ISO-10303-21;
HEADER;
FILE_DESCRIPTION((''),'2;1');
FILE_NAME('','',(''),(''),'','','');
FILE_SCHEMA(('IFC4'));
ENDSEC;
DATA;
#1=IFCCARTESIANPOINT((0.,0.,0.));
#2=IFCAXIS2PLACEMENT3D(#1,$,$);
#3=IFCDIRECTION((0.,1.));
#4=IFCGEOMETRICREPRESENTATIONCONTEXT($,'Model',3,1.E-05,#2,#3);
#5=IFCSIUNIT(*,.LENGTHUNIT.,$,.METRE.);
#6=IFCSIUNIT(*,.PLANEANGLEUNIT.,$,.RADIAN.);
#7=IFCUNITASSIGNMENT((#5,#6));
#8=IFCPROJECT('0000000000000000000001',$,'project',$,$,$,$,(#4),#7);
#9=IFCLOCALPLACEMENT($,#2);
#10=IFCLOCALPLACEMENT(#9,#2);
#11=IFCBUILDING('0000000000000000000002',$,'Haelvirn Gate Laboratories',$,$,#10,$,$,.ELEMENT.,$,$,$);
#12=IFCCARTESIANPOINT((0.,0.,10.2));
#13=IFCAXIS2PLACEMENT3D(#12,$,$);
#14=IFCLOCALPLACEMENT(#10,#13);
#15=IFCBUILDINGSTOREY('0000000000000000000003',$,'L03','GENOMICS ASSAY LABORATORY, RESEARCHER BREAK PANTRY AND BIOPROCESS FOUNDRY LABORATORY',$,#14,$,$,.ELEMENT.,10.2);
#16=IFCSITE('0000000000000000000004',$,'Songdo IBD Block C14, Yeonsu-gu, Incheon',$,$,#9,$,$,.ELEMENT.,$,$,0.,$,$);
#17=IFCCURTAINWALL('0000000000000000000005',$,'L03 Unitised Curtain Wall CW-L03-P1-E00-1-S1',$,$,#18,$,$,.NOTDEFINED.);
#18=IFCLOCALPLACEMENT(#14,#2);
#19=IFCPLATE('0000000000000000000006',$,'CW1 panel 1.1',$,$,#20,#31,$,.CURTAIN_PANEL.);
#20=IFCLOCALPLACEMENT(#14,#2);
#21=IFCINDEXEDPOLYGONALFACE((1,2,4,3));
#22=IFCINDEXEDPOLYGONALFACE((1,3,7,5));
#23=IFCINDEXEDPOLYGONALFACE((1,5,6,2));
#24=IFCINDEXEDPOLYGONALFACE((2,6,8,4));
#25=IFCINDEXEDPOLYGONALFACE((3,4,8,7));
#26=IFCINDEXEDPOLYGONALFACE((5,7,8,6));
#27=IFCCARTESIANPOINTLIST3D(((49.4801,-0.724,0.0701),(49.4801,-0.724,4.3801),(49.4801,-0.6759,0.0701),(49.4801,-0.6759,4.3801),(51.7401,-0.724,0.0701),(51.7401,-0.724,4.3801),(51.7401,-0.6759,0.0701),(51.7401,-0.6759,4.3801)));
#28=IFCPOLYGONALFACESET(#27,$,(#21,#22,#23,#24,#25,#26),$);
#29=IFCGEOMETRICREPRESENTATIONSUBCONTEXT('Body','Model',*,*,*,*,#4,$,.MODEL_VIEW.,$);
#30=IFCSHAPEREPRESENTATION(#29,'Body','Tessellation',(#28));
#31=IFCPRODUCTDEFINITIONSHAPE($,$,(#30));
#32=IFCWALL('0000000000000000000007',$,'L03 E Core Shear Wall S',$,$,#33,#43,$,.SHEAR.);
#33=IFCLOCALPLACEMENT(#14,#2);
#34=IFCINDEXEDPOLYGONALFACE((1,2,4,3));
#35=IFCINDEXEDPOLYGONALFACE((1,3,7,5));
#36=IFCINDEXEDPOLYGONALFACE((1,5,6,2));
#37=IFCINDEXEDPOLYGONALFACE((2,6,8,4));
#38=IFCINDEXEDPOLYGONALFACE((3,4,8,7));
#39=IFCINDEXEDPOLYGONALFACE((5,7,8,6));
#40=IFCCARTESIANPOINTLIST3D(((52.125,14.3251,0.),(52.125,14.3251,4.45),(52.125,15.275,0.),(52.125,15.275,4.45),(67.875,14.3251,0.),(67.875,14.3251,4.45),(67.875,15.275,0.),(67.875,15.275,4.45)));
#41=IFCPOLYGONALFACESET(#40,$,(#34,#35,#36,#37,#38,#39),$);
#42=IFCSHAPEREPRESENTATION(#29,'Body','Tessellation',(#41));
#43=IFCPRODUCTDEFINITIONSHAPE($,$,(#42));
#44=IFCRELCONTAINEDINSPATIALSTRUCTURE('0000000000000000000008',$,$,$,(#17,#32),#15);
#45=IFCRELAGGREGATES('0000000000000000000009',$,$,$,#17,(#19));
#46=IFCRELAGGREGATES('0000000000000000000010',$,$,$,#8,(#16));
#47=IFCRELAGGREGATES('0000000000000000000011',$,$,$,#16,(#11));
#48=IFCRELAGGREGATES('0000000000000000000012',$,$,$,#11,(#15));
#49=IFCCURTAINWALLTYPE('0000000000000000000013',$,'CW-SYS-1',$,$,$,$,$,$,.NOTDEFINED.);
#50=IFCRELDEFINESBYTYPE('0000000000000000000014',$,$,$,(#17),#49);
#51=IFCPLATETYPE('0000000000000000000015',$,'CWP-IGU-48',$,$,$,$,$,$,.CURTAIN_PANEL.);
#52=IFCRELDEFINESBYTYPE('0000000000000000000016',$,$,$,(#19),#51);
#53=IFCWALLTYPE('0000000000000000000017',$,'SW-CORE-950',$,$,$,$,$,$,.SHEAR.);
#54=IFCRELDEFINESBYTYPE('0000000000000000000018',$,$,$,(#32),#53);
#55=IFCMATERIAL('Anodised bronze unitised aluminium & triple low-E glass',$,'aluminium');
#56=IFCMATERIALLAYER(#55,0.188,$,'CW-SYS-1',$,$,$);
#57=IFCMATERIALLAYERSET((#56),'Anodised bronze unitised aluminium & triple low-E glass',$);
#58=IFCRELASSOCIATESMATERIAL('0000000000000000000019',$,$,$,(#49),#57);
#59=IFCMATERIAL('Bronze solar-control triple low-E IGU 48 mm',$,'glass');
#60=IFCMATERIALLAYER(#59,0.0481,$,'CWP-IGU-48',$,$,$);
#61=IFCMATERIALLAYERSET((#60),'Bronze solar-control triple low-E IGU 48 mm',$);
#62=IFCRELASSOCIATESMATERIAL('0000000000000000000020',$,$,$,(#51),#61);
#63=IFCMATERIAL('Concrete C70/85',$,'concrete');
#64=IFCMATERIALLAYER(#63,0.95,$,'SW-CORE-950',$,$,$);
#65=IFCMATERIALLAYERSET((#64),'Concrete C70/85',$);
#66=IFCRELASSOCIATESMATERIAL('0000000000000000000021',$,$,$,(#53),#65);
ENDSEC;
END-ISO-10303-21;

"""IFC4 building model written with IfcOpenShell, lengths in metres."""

from ifc_helpers import new_model, si_unit, direction, frame, frame_2d, origin, origin_2d, place, context, subcontext, project, spatial, rectangle, extrude, source, transform, mapped, material, layer, layer_set, type_object, element, aggregate, save


model = new_model("IFC4")

# Units and contexts
model_context = context("Model", 3, precision=1e-05, world=origin(), true_north=direction((0.0, 1.0)))
body_context = subcontext(model_context, "Body", "Model", "MODEL_VIEW")
ifc_project = project(units=[si_unit("LENGTHUNIT", "METRE"), si_unit("PLANEANGLEUNIT", "RADIAN")], contexts=[model_context])

# Site, building, storey
site_placement = place(None, origin())
site = spatial("IfcSite", under=ifc_project, at=site_placement, Name="Songdo IBD Block C14, Yeonsu-gu, Incheon", CompositionType="ELEMENT", RefElevation=0.0)
building_placement = place(site_placement, origin())
building = spatial("IfcBuilding", under=site, at=building_placement, Name="Haelvirn Gate Laboratories", CompositionType="ELEMENT")
storey_placement = place(building_placement, frame((0.0, 0.0, 10.2)))
storey = spatial("IfcBuildingStorey", under=building, at=storey_placement, Name="L03", Description="GENOMICS ASSAY LABORATORY, RESEARCHER BREAK PANTRY AND BIOPROCESS FOUNDRY LABORATORY", CompositionType="ELEMENT", Elevation=10.2)

# Curtain wall
ifc_material_1 = material(Name="Anodised bronze unitised aluminium & triple low-E glass", Category="aluminium")
ifc_layer_1 = layer(ifc_material_1, 0.188, Name="CW-SYS-1")
ifc_layer_set_1 = layer_set([ifc_layer_1], Name="Anodised bronze unitised aluminium & triple low-E glass")
curtain_wall_type = type_object("IfcCurtainWallType", Name="CW-SYS-1", PredefinedType="NOTDEFINED", material=ifc_layer_set_1)
curtain_wall_1_placement = place(storey_placement, origin())
curtain_wall_1 = element("IfcCurtainWall", 1, at=curtain_wall_1_placement, inside=storey, type_object=curtain_wall_type, Name="L03 Unitised Curtain Wall CW-L03-P1-E00-1-S1", PredefinedType="NOTDEFINED")

# Plate
ifc_material_2 = material(Name="Bronze solar-control triple low-E IGU 48 mm", Category="glass")
ifc_layer_2 = layer(ifc_material_2, 0.0481, Name="CWP-IGU-48")
ifc_layer_set_2 = layer_set([ifc_layer_2], Name="Bronze solar-control triple low-E IGU 48 mm")
plate_type = type_object("IfcPlateType", Name="CWP-IGU-48", PredefinedType="CURTAIN_PANEL", material=ifc_layer_set_2)
shared_shape_1 = source(origin(), body_context, "Body", "SweptSolid", [
    extrude(rectangle(XDim=2.26, YDim=0.0481, at=origin_2d()), origin(), (0.0, 0.0, 1.0), 4.3101),
])
plate_1_placement = place(storey_placement, frame((50.6101, -0.7, 0.0701), z_axis=(0.0, 0.0, 1.0), x_axis=(1.0, 0.0, 0.0)))
plate_1 = element("IfcPlate", 2, at=plate_1_placement, type_object=plate_type, Name="CW1 panel 1.1", PredefinedType="CURTAIN_PANEL", context=body_context, shape_type="MappedRepresentation", body=[
    mapped(shared_shape_1, transform((0.0, 0.0, 0.0), scale=1.0)),
])
aggregate(curtain_wall_1, [plate_1])

# Wall
ifc_material_3 = material(Name="Concrete C70/85", Category="concrete")
ifc_layer_3 = layer(ifc_material_3, 0.95, Name="SW-CORE-950")
ifc_layer_set_3 = layer_set([ifc_layer_3], Name="Concrete C70/85")
wall_type = type_object("IfcWallType", Name="SW-CORE-950", PredefinedType="SHEAR", material=ifc_layer_set_3)
wall_placement = place(storey_placement, frame((52.125, 14.8, 0.0), z_axis=(0.0, 0.0, 1.0), x_axis=(1.0, 0.0, 0.0)))
element("IfcWall", 3, at=wall_placement, inside=storey, type_object=wall_type, Name="L03 E Core Shear Wall S", PredefinedType="SHEAR", context=body_context, shape_type="SweptSolid", body=[
    extrude(rectangle(XDim=15.75, YDim=0.95, at=frame_2d((7.875, 0.0))), origin(), (0.0, 0.0, 1.0), 4.45),
])

save(model, "model.ifc")
